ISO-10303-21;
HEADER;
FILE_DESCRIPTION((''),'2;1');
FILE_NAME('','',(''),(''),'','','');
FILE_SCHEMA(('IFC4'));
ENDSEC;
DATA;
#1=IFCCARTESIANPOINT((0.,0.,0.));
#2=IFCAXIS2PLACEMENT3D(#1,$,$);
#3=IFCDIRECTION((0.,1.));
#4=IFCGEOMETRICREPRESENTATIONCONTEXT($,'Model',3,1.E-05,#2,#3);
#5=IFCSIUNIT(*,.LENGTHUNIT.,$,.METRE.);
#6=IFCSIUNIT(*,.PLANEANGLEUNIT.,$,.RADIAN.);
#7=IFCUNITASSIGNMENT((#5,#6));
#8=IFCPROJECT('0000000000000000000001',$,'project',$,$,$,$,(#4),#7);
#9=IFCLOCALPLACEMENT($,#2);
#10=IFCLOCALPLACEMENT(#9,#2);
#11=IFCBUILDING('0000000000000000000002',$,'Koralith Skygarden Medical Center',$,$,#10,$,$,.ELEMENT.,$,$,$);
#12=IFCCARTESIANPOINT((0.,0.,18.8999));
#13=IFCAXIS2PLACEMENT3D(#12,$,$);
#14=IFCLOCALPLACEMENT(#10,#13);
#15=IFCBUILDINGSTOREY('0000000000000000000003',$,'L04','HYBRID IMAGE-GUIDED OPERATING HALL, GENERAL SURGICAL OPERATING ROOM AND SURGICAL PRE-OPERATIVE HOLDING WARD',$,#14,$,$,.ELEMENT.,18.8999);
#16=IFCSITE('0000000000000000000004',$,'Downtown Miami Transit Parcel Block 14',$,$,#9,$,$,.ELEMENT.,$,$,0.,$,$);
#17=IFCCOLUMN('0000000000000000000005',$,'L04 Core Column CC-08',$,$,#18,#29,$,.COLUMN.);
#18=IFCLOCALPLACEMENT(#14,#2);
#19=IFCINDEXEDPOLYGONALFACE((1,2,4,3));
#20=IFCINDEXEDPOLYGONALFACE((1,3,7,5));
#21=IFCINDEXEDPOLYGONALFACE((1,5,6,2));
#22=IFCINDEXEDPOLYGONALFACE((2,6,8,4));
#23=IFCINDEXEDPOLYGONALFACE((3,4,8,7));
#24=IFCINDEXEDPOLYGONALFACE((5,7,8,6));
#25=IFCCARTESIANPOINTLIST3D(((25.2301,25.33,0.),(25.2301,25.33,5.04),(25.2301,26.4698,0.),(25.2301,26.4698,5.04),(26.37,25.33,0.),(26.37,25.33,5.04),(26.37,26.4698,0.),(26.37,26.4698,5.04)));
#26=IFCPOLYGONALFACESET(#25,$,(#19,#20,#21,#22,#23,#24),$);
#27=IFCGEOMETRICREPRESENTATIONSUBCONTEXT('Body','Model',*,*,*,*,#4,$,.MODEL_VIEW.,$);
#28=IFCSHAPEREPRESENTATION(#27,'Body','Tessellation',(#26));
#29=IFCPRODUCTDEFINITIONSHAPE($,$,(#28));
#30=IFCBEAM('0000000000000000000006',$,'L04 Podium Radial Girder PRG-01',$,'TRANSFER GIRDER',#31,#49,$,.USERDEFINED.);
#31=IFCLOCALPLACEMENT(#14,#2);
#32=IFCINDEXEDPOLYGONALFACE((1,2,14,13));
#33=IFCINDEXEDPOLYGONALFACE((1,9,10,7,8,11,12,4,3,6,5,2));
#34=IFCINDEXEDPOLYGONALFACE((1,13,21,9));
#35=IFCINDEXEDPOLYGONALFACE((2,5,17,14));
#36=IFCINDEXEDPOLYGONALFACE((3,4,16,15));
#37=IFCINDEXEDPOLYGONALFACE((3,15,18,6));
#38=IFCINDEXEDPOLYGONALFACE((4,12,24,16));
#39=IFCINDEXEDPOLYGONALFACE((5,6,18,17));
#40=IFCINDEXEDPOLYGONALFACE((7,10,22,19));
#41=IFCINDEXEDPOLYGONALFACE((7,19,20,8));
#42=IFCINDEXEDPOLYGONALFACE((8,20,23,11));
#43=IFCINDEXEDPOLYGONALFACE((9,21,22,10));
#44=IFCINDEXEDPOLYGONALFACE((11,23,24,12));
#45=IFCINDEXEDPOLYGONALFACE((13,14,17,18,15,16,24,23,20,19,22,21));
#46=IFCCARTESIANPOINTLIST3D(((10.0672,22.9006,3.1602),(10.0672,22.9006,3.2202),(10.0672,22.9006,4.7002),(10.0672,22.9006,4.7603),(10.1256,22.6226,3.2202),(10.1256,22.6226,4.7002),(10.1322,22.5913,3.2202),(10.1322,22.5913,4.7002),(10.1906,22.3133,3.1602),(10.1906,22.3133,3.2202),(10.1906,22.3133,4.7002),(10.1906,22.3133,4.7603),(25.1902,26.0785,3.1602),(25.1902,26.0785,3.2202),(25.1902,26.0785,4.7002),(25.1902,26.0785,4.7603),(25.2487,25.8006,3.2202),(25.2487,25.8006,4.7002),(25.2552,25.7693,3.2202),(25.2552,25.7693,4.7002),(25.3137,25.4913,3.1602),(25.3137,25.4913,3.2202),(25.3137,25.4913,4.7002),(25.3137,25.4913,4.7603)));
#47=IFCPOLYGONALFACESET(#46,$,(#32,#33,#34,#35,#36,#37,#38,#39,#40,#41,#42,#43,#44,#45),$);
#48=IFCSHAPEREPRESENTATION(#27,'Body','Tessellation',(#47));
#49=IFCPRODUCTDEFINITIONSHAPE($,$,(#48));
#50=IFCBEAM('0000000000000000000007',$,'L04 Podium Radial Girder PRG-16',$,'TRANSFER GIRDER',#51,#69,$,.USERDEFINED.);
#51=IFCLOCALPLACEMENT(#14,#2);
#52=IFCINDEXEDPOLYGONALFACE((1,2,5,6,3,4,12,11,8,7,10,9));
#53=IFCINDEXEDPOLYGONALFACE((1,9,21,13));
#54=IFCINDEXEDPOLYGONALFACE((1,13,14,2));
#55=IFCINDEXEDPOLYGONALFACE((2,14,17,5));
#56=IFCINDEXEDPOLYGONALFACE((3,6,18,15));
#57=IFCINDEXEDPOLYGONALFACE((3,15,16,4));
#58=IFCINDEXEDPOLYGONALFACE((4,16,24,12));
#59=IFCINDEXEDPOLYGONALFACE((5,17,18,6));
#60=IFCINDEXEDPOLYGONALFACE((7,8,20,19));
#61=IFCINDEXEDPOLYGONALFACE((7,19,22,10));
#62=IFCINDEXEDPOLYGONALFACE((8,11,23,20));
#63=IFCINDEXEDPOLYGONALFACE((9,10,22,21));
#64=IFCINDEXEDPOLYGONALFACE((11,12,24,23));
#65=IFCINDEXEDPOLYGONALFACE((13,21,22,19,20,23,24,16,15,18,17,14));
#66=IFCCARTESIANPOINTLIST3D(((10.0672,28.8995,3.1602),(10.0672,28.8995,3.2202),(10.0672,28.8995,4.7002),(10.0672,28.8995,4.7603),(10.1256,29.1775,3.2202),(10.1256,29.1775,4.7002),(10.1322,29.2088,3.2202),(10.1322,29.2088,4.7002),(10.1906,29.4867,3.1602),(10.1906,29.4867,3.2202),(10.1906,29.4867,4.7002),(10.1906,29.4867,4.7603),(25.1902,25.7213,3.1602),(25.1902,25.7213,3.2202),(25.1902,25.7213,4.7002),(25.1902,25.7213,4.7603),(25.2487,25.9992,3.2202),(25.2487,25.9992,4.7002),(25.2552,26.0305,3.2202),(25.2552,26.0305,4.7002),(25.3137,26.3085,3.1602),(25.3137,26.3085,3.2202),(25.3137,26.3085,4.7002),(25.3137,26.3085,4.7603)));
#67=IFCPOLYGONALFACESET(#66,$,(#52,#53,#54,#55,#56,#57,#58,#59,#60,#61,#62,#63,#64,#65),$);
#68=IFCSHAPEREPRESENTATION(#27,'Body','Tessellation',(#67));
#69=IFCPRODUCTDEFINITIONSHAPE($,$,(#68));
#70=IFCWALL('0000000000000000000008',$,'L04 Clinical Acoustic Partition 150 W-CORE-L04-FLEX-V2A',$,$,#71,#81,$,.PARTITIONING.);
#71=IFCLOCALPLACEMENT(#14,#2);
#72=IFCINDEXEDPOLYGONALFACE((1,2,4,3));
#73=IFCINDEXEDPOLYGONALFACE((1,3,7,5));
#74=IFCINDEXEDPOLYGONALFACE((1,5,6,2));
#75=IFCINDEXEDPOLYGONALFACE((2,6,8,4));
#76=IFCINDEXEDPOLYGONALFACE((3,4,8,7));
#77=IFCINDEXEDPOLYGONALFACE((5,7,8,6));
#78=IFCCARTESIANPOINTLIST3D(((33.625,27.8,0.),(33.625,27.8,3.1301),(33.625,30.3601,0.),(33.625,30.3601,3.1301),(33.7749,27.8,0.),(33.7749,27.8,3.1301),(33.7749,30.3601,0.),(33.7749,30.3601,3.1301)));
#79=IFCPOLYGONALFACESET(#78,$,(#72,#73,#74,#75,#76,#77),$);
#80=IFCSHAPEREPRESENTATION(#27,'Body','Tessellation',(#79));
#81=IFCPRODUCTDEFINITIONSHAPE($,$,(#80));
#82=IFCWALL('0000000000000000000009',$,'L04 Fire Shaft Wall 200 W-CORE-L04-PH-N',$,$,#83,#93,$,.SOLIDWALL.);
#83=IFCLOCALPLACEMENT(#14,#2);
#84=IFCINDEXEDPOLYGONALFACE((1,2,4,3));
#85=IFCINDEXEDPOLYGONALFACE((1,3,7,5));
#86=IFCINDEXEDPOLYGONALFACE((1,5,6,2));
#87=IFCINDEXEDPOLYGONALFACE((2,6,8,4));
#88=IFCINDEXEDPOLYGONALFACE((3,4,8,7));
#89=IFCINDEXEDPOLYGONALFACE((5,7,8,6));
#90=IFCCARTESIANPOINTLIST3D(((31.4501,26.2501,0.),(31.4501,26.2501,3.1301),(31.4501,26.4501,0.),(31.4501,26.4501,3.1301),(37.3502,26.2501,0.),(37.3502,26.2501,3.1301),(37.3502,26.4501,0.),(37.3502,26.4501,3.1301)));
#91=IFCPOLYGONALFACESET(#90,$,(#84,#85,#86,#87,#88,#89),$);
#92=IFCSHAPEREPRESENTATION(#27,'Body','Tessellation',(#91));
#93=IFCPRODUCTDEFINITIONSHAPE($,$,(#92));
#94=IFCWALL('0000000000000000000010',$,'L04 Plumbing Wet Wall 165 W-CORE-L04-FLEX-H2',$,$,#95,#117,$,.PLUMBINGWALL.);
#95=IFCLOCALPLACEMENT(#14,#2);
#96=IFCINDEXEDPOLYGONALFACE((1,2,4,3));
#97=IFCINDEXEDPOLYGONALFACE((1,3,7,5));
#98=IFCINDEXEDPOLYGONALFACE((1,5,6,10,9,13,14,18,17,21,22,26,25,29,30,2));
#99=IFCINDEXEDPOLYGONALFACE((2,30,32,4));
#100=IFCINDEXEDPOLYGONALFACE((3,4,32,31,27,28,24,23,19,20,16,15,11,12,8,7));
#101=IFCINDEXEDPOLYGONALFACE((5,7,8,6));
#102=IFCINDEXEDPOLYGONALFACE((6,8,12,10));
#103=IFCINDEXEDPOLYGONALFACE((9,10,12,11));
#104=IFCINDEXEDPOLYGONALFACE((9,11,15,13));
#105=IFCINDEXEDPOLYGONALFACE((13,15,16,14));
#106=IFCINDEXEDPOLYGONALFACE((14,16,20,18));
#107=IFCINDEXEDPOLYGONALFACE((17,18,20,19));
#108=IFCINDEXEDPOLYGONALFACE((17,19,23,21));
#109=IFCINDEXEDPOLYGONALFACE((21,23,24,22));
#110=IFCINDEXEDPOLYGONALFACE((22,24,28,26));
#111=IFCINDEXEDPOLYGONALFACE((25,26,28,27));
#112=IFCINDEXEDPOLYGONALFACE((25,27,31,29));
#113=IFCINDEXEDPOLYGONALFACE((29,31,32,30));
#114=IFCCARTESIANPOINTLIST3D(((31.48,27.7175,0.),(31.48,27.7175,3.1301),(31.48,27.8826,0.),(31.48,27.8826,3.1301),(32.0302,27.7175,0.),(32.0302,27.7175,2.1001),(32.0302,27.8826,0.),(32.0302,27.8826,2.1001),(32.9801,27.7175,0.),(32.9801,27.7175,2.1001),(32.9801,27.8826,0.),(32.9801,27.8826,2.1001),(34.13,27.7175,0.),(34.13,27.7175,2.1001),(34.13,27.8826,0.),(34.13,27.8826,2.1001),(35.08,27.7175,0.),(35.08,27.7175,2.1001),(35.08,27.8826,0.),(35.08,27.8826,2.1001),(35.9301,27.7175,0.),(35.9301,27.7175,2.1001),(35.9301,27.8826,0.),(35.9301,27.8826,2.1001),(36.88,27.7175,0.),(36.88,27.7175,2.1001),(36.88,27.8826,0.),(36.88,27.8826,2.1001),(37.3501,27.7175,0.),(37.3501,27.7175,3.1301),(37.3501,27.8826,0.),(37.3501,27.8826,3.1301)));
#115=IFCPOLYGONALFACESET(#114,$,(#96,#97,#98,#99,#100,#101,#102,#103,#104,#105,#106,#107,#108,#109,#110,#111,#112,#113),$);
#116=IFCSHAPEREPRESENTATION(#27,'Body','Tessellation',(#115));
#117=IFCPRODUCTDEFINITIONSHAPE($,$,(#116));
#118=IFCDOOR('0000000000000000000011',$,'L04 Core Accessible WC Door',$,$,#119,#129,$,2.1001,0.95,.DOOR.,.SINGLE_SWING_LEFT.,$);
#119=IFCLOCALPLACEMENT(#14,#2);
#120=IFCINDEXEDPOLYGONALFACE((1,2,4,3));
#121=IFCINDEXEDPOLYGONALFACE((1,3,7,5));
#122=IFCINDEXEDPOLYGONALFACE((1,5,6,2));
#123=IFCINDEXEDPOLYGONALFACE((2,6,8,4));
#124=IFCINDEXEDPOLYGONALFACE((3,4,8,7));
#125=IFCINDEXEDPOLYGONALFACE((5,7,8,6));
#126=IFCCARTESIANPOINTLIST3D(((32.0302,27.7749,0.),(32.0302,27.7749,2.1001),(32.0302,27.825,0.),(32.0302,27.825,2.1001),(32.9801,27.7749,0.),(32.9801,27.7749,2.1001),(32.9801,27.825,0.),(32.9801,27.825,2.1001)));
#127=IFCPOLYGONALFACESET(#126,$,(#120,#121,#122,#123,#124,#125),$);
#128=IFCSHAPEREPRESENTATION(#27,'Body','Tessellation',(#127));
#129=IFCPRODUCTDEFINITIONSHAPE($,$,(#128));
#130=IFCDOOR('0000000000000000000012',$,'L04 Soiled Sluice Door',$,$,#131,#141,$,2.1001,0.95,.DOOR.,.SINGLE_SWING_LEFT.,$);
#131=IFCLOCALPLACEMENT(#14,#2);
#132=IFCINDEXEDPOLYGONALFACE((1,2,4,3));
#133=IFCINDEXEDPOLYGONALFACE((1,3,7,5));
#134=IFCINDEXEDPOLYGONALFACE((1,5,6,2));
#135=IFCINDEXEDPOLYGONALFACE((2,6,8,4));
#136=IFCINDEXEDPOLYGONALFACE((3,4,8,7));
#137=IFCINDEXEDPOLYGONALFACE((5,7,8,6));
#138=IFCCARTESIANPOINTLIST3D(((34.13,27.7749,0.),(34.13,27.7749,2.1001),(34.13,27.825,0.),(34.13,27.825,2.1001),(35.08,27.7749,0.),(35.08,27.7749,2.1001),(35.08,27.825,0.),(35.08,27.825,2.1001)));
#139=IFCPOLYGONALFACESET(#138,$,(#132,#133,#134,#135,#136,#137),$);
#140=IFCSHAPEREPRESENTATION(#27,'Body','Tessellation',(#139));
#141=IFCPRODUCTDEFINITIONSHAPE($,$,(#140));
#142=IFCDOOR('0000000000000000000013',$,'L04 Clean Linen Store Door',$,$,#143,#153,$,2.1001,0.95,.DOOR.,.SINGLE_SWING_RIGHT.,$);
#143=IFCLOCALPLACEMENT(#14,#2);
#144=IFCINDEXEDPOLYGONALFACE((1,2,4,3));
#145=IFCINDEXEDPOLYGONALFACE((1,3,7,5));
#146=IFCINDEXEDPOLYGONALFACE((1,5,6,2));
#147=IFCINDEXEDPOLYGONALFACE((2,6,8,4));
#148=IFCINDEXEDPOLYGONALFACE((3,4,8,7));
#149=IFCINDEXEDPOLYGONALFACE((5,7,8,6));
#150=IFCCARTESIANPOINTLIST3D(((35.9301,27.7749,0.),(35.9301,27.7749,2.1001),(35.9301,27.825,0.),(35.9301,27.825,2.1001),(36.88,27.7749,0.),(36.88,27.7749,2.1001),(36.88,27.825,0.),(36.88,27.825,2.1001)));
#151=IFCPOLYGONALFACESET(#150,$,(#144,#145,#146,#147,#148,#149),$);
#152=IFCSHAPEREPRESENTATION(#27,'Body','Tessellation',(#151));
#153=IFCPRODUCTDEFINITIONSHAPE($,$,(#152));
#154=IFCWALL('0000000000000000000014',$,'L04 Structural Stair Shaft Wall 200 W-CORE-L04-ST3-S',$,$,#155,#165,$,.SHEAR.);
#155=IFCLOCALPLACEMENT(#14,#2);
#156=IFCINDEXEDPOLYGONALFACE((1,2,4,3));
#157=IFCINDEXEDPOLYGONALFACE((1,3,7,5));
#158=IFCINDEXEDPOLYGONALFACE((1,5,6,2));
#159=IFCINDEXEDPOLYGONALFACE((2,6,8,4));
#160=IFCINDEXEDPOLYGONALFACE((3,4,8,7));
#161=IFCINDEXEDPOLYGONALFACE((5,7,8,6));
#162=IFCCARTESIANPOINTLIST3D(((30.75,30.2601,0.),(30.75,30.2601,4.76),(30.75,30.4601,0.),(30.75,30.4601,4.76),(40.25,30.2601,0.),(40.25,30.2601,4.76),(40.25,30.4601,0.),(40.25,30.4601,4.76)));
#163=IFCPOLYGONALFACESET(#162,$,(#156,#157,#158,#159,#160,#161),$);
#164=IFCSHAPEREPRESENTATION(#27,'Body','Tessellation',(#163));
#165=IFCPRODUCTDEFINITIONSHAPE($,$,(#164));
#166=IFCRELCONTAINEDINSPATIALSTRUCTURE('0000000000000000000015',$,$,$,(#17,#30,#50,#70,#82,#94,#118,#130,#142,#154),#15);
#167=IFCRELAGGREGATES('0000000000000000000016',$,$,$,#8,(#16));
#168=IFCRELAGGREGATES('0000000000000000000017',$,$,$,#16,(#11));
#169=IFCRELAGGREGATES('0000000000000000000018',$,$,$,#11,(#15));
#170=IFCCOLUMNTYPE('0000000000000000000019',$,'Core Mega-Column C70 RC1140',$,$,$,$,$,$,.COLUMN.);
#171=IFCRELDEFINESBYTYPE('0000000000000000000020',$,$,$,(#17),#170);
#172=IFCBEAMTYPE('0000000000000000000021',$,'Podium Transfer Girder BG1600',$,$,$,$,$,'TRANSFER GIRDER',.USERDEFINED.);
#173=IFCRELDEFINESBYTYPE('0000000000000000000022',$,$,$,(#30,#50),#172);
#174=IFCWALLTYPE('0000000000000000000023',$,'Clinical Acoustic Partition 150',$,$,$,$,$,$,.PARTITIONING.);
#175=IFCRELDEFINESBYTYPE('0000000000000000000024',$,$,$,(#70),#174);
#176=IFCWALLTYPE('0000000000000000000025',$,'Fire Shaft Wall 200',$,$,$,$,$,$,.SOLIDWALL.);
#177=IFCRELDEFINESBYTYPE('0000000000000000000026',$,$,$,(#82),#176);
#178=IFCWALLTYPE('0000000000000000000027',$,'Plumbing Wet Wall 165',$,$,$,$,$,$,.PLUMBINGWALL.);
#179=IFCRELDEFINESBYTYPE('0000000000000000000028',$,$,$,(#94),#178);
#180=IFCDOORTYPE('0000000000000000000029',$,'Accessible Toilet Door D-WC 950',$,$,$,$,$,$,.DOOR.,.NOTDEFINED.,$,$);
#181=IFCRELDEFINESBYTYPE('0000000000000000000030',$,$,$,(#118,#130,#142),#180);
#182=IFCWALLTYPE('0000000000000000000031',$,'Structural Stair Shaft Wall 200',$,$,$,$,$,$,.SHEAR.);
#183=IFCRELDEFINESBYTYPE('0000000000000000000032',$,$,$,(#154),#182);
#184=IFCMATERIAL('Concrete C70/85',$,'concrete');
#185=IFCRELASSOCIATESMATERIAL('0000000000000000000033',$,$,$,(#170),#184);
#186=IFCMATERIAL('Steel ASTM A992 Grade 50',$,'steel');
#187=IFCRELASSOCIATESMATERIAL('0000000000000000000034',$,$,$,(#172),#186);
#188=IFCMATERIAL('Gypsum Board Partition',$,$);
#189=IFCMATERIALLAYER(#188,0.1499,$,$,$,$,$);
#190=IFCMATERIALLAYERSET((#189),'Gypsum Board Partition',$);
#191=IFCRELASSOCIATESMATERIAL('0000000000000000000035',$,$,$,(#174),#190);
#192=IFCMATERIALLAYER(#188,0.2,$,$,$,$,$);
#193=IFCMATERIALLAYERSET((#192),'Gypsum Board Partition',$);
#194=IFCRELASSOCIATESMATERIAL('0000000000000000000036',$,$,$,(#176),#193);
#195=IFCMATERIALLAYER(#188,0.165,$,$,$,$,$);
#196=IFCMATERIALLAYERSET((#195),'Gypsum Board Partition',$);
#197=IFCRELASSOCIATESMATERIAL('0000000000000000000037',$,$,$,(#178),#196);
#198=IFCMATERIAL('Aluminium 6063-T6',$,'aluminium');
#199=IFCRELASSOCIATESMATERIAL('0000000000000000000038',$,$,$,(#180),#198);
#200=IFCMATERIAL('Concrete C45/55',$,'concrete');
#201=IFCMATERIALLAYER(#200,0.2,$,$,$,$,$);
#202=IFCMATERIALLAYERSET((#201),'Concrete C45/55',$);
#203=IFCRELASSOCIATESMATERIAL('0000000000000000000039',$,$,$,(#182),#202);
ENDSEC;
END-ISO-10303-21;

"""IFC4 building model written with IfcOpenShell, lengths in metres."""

from ifc_helpers import new_model, si_unit, direction, frame, frame_2d, origin, origin_2d, place, context, subcontext, project, spatial, rectangle, i_section, extrude, material, layer, layer_set, material_profile, profile_set, type_object, element, fill, save


model = new_model("IFC4")

# Units and contexts
model_context = context("Model", 3, precision=1e-05, world=origin(), true_north=direction((0.0, 1.0)))
body_context = subcontext(model_context, "Body", "Model", "MODEL_VIEW")
ifc_project = project(units=[si_unit("LENGTHUNIT", "METRE"), si_unit("PLANEANGLEUNIT", "RADIAN")], contexts=[model_context])

# Site, building, storey
site_placement = place(None, origin())
site = spatial("IfcSite", under=ifc_project, at=site_placement, Name="Downtown Miami Transit Parcel Block 14", CompositionType="ELEMENT", RefElevation=0.0)
building_placement = place(site_placement, origin())
building = spatial("IfcBuilding", under=site, at=building_placement, Name="Koralith Skygarden Medical Center", CompositionType="ELEMENT")
storey_placement = place(building_placement, frame((0.0, 0.0, 18.8999)))
storey = spatial("IfcBuildingStorey", under=building, at=storey_placement, Name="L04", Description="HYBRID IMAGE-GUIDED OPERATING HALL, GENERAL SURGICAL OPERATING ROOM AND SURGICAL PRE-OPERATIVE HOLDING WARD", CompositionType="ELEMENT", Elevation=18.8999)

# Column
ifc_material_1 = material(Name="Concrete C70/85", Category="concrete")
ifc_material_profile_1 = material_profile(ifc_material_1, rectangle(XDim=1.1399, YDim=1.1399, at=origin_2d()), Name="RC1140X1140")
ifc_profile_set_1 = profile_set([ifc_material_profile_1], Name="Concrete C70/85")
column_type = type_object("IfcColumnType", Name="Core Mega-Column C70 RC1140", PredefinedType="COLUMN", material=ifc_profile_set_1)
column_placement = place(storey_placement, frame((25.8, 25.8999, 0.0), z_axis=(0.0, 0.0, 1.0), x_axis=(1.0, 0.0, 0.0)))
element("IfcColumn", 1, at=column_placement, inside=storey, type_object=column_type, Name="L04 Core Column CC-08", PredefinedType="COLUMN", context=body_context, shape_type="SweptSolid", body=[
    extrude(rectangle(XDim=1.1399, YDim=1.1399, at=origin_2d()), origin(), (0.0, 0.0, 1.0), 5.04),
])

# Beams
ifc_material_2 = material(Name="Steel ASTM A992 Grade 50", Category="steel")
ifc_material_profile_2 = material_profile(ifc_material_2, i_section(OverallWidth=0.6001, OverallDepth=1.6001, WebThickness=0.032, FlangeThickness=0.0601, at=origin_2d()), Name="BG1600X600X60X32")
ifc_profile_set_2 = profile_set([ifc_material_profile_2], Name="Steel ASTM A992 Grade 50")
beam_type = type_object("IfcBeamType", Name="Podium Transfer Girder BG1600", ElementType="TRANSFER GIRDER", PredefinedType="USERDEFINED", material=ifc_profile_set_2)
for number, where, z_axis, x_axis, name in (
    (2, (25.252, 25.7849, 3.9602), (-0.978626, -0.20565, 0.0), (0.20565, -0.978626, 0.0), "L04 Podium Radial Girder PRG-01"),
    (3, (25.252, 26.0149, 3.9602), (-0.978622, 0.205665, 0.0), (-0.205665, -0.978622, 0.0), "L04 Podium Radial Girder PRG-16"),
):
    element("IfcBeam", number, at=place(storey_placement, frame(where, z_axis=z_axis, x_axis=x_axis)), inside=storey, type_object=beam_type, Name=name, ObjectType="TRANSFER GIRDER", PredefinedType="USERDEFINED", context=body_context, shape_type="SweptSolid", body=[
        extrude(i_section(OverallWidth=0.6001, OverallDepth=1.6001, WebThickness=0.032, FlangeThickness=0.0601, at=origin_2d()), origin(), (0.0, 0.0, 1.0), 15.4534),
    ])

# Walls
ifc_material_3 = material(Name="Gypsum Board Partition")
ifc_layer_1 = layer(ifc_material_3, 0.1499)
ifc_layer_set_1 = layer_set([ifc_layer_1], Name="Gypsum Board Partition")
wall_type_1 = type_object("IfcWallType", Name="Clinical Acoustic Partition 150", PredefinedType="PARTITIONING", material=ifc_layer_set_1)
wall_1_placement = place(storey_placement, frame((33.7, 27.8, 0.0), z_axis=(0.0, 0.0, 1.0), x_axis=(0.0, 1.0, 0.0)))
element("IfcWall", 4, at=wall_1_placement, inside=storey, type_object=wall_type_1, Name="L04 Clinical Acoustic Partition 150 W-CORE-L04-FLEX-V2A", PredefinedType="PARTITIONING", context=body_context, shape_type="SweptSolid", body=[
    extrude(rectangle(XDim=2.5601, YDim=0.1499, at=frame_2d((1.28, 0.0))), origin(), (0.0, 0.0, 1.0), 3.1301),
])
ifc_layer_2 = layer(ifc_material_3, 0.2)
ifc_layer_set_2 = layer_set([ifc_layer_2], Name="Gypsum Board Partition")
wall_type_2 = type_object("IfcWallType", Name="Fire Shaft Wall 200", PredefinedType="SOLIDWALL", material=ifc_layer_set_2)
wall_2_placement = place(storey_placement, frame((31.45, 26.3501, 0.0), z_axis=(0.0, 0.0, 1.0), x_axis=(1.0, 0.0, 0.0)))
element("IfcWall", 5, at=wall_2_placement, inside=storey, type_object=wall_type_2, Name="L04 Fire Shaft Wall 200 W-CORE-L04-PH-N", PredefinedType="SOLIDWALL", context=body_context, shape_type="SweptSolid", body=[
    extrude(rectangle(XDim=5.9001, YDim=0.2, at=frame_2d((2.9502, 0.0))), origin(), (0.0, 0.0, 1.0), 3.1301),
])

# Shared definitions
ifc_layer_3 = layer(ifc_material_3, 0.165)
ifc_layer_set_3 = layer_set([ifc_layer_3], Name="Gypsum Board Partition")
wall_type_3 = type_object("IfcWallType", Name="Plumbing Wet Wall 165", PredefinedType="PLUMBINGWALL", material=ifc_layer_set_3)
ifc_material_4 = material(Name="Aluminium 6063-T6", Category="aluminium")

# Wall, openings, doors
wall_3_placement = place(storey_placement, frame((31.48, 27.8, 0.0), z_axis=(0.0, 0.0, 1.0), x_axis=(1.0, 0.0, 0.0)))
wall_3 = element("IfcWall", 6, at=wall_3_placement, inside=storey, type_object=wall_type_3, Name="L04 Plumbing Wet Wall 165 W-CORE-L04-FLEX-H2", PredefinedType="PLUMBINGWALL", context=body_context, shape_type="SweptSolid", body=[
    extrude(rectangle(XDim=5.8701, YDim=0.165, at=frame_2d((2.9351, 0.0))), origin(), (0.0, 0.0, 1.0), 3.1301),
])
opening_1_placement = place(wall_3_placement, frame((0.55, 0.0, 0.0)))
opening_1 = element("IfcOpeningElement", 7, at=opening_1_placement, cuts=wall_3, PredefinedType="OPENING", context=body_context, shape_type="SweptSolid", body=[
    extrude(rectangle(XDim=0.95, YDim=2.1001, at=frame_2d((0.4751, 1.05))), frame((0.0, 0.0925, 0.0), z_axis=(0.0, -1.0, 0.0), x_axis=(1.0, 0.0, 0.0)), (0.0, 0.0, 1.0), 0.1851),
])
opening_2_placement = place(wall_3_placement, frame((2.6499, 0.0, 0.0)))
opening_2 = element("IfcOpeningElement", 8, at=opening_2_placement, cuts=wall_3, PredefinedType="OPENING", context=body_context, shape_type="SweptSolid", body=[
    extrude(rectangle(XDim=0.95, YDim=2.1001, at=frame_2d((0.4751, 1.05))), frame((0.0, 0.0925, 0.0), z_axis=(0.0, -1.0, 0.0), x_axis=(1.0, 0.0, 0.0)), (0.0, 0.0, 1.0), 0.1851),
])
opening_3_placement = place(wall_3_placement, frame((4.45, 0.0, 0.0)))
opening_3 = element("IfcOpeningElement", 9, at=opening_3_placement, cuts=wall_3, PredefinedType="OPENING", context=body_context, shape_type="SweptSolid", body=[
    extrude(rectangle(XDim=0.95, YDim=2.1001, at=frame_2d((0.4751, 1.05))), frame((0.0, 0.0925, 0.0), z_axis=(0.0, -1.0, 0.0), x_axis=(1.0, 0.0, 0.0)), (0.0, 0.0, 1.0), 0.1851),
])
door_type_1 = type_object("IfcDoorType", Name="Accessible Toilet Door D-WC 950", OperationType="NOTDEFINED", PredefinedType="DOOR", material=ifc_material_4)
door_1_placement = place(opening_1_placement, origin())
door_1 = element("IfcDoor", 10, at=door_1_placement, inside=storey, type_object=door_type_1, Name="L04 Core Accessible WC Door", OperationType="SINGLE_SWING_LEFT", OverallHeight=2.1001, OverallWidth=0.95, PredefinedType="DOOR", context=body_context, shape_type="SweptSolid", body=[
    extrude(rectangle(XDim=0.95, YDim=2.1001, at=frame_2d((0.4751, 1.05))), frame((0.0, 0.0249, 0.0), z_axis=(0.0, -1.0, 0.0), x_axis=(1.0, 0.0, 0.0)), (0.0, 0.0, 1.0), 0.05),
])
fill(opening_1, door_1)
door_2_placement = place(opening_2_placement, origin())
door_2 = element("IfcDoor", 11, at=door_2_placement, inside=storey, type_object=door_type_1, Name="L04 Soiled Sluice Door", OperationType="SINGLE_SWING_LEFT", OverallHeight=2.1001, OverallWidth=0.95, PredefinedType="DOOR", context=body_context, shape_type="SweptSolid", body=[
    extrude(rectangle(XDim=0.95, YDim=2.1001, at=frame_2d((0.4751, 1.05))), frame((0.0, 0.0249, 0.0), z_axis=(0.0, -1.0, 0.0), x_axis=(1.0, 0.0, 0.0)), (0.0, 0.0, 1.0), 0.05),
])
fill(opening_2, door_2)
door_3_placement = place(opening_3_placement, origin())
door_3 = element("IfcDoor", 12, at=door_3_placement, inside=storey, type_object=door_type_1, Name="L04 Clean Linen Store Door", OperationType="SINGLE_SWING_RIGHT", OverallHeight=2.1001, OverallWidth=0.95, PredefinedType="DOOR", context=body_context, shape_type="SweptSolid", body=[
    extrude(rectangle(XDim=0.95, YDim=2.1001, at=frame_2d((0.4751, 1.05))), frame((0.0, 0.0249, 0.0), z_axis=(0.0, -1.0, 0.0), x_axis=(1.0, 0.0, 0.0)), (0.0, 0.0, 1.0), 0.05),
])
fill(opening_3, door_3)

# Wall
ifc_material_5 = material(Name="Concrete C45/55", Category="concrete")
ifc_layer_4 = layer(ifc_material_5, 0.2)
ifc_layer_set_4 = layer_set([ifc_layer_4], Name="Concrete C45/55")
wall_type_4 = type_object("IfcWallType", Name="Structural Stair Shaft Wall 200", PredefinedType="SHEAR", material=ifc_layer_set_4)
wall_4_placement = place(storey_placement, frame((30.75, 30.3601, 0.0), z_axis=(0.0, 0.0, 1.0), x_axis=(1.0, 0.0, 0.0)))
element("IfcWall", 13, at=wall_4_placement, inside=storey, type_object=wall_type_4, Name="L04 Structural Stair Shaft Wall 200 W-CORE-L04-ST3-S", PredefinedType="SHEAR", context=body_context, shape_type="SweptSolid", body=[
    extrude(rectangle(XDim=9.5, YDim=0.2, at=frame_2d((4.75, 0.0))), origin(), (0.0, 0.0, 1.0), 4.76),
])

save(model, "model.ifc")
